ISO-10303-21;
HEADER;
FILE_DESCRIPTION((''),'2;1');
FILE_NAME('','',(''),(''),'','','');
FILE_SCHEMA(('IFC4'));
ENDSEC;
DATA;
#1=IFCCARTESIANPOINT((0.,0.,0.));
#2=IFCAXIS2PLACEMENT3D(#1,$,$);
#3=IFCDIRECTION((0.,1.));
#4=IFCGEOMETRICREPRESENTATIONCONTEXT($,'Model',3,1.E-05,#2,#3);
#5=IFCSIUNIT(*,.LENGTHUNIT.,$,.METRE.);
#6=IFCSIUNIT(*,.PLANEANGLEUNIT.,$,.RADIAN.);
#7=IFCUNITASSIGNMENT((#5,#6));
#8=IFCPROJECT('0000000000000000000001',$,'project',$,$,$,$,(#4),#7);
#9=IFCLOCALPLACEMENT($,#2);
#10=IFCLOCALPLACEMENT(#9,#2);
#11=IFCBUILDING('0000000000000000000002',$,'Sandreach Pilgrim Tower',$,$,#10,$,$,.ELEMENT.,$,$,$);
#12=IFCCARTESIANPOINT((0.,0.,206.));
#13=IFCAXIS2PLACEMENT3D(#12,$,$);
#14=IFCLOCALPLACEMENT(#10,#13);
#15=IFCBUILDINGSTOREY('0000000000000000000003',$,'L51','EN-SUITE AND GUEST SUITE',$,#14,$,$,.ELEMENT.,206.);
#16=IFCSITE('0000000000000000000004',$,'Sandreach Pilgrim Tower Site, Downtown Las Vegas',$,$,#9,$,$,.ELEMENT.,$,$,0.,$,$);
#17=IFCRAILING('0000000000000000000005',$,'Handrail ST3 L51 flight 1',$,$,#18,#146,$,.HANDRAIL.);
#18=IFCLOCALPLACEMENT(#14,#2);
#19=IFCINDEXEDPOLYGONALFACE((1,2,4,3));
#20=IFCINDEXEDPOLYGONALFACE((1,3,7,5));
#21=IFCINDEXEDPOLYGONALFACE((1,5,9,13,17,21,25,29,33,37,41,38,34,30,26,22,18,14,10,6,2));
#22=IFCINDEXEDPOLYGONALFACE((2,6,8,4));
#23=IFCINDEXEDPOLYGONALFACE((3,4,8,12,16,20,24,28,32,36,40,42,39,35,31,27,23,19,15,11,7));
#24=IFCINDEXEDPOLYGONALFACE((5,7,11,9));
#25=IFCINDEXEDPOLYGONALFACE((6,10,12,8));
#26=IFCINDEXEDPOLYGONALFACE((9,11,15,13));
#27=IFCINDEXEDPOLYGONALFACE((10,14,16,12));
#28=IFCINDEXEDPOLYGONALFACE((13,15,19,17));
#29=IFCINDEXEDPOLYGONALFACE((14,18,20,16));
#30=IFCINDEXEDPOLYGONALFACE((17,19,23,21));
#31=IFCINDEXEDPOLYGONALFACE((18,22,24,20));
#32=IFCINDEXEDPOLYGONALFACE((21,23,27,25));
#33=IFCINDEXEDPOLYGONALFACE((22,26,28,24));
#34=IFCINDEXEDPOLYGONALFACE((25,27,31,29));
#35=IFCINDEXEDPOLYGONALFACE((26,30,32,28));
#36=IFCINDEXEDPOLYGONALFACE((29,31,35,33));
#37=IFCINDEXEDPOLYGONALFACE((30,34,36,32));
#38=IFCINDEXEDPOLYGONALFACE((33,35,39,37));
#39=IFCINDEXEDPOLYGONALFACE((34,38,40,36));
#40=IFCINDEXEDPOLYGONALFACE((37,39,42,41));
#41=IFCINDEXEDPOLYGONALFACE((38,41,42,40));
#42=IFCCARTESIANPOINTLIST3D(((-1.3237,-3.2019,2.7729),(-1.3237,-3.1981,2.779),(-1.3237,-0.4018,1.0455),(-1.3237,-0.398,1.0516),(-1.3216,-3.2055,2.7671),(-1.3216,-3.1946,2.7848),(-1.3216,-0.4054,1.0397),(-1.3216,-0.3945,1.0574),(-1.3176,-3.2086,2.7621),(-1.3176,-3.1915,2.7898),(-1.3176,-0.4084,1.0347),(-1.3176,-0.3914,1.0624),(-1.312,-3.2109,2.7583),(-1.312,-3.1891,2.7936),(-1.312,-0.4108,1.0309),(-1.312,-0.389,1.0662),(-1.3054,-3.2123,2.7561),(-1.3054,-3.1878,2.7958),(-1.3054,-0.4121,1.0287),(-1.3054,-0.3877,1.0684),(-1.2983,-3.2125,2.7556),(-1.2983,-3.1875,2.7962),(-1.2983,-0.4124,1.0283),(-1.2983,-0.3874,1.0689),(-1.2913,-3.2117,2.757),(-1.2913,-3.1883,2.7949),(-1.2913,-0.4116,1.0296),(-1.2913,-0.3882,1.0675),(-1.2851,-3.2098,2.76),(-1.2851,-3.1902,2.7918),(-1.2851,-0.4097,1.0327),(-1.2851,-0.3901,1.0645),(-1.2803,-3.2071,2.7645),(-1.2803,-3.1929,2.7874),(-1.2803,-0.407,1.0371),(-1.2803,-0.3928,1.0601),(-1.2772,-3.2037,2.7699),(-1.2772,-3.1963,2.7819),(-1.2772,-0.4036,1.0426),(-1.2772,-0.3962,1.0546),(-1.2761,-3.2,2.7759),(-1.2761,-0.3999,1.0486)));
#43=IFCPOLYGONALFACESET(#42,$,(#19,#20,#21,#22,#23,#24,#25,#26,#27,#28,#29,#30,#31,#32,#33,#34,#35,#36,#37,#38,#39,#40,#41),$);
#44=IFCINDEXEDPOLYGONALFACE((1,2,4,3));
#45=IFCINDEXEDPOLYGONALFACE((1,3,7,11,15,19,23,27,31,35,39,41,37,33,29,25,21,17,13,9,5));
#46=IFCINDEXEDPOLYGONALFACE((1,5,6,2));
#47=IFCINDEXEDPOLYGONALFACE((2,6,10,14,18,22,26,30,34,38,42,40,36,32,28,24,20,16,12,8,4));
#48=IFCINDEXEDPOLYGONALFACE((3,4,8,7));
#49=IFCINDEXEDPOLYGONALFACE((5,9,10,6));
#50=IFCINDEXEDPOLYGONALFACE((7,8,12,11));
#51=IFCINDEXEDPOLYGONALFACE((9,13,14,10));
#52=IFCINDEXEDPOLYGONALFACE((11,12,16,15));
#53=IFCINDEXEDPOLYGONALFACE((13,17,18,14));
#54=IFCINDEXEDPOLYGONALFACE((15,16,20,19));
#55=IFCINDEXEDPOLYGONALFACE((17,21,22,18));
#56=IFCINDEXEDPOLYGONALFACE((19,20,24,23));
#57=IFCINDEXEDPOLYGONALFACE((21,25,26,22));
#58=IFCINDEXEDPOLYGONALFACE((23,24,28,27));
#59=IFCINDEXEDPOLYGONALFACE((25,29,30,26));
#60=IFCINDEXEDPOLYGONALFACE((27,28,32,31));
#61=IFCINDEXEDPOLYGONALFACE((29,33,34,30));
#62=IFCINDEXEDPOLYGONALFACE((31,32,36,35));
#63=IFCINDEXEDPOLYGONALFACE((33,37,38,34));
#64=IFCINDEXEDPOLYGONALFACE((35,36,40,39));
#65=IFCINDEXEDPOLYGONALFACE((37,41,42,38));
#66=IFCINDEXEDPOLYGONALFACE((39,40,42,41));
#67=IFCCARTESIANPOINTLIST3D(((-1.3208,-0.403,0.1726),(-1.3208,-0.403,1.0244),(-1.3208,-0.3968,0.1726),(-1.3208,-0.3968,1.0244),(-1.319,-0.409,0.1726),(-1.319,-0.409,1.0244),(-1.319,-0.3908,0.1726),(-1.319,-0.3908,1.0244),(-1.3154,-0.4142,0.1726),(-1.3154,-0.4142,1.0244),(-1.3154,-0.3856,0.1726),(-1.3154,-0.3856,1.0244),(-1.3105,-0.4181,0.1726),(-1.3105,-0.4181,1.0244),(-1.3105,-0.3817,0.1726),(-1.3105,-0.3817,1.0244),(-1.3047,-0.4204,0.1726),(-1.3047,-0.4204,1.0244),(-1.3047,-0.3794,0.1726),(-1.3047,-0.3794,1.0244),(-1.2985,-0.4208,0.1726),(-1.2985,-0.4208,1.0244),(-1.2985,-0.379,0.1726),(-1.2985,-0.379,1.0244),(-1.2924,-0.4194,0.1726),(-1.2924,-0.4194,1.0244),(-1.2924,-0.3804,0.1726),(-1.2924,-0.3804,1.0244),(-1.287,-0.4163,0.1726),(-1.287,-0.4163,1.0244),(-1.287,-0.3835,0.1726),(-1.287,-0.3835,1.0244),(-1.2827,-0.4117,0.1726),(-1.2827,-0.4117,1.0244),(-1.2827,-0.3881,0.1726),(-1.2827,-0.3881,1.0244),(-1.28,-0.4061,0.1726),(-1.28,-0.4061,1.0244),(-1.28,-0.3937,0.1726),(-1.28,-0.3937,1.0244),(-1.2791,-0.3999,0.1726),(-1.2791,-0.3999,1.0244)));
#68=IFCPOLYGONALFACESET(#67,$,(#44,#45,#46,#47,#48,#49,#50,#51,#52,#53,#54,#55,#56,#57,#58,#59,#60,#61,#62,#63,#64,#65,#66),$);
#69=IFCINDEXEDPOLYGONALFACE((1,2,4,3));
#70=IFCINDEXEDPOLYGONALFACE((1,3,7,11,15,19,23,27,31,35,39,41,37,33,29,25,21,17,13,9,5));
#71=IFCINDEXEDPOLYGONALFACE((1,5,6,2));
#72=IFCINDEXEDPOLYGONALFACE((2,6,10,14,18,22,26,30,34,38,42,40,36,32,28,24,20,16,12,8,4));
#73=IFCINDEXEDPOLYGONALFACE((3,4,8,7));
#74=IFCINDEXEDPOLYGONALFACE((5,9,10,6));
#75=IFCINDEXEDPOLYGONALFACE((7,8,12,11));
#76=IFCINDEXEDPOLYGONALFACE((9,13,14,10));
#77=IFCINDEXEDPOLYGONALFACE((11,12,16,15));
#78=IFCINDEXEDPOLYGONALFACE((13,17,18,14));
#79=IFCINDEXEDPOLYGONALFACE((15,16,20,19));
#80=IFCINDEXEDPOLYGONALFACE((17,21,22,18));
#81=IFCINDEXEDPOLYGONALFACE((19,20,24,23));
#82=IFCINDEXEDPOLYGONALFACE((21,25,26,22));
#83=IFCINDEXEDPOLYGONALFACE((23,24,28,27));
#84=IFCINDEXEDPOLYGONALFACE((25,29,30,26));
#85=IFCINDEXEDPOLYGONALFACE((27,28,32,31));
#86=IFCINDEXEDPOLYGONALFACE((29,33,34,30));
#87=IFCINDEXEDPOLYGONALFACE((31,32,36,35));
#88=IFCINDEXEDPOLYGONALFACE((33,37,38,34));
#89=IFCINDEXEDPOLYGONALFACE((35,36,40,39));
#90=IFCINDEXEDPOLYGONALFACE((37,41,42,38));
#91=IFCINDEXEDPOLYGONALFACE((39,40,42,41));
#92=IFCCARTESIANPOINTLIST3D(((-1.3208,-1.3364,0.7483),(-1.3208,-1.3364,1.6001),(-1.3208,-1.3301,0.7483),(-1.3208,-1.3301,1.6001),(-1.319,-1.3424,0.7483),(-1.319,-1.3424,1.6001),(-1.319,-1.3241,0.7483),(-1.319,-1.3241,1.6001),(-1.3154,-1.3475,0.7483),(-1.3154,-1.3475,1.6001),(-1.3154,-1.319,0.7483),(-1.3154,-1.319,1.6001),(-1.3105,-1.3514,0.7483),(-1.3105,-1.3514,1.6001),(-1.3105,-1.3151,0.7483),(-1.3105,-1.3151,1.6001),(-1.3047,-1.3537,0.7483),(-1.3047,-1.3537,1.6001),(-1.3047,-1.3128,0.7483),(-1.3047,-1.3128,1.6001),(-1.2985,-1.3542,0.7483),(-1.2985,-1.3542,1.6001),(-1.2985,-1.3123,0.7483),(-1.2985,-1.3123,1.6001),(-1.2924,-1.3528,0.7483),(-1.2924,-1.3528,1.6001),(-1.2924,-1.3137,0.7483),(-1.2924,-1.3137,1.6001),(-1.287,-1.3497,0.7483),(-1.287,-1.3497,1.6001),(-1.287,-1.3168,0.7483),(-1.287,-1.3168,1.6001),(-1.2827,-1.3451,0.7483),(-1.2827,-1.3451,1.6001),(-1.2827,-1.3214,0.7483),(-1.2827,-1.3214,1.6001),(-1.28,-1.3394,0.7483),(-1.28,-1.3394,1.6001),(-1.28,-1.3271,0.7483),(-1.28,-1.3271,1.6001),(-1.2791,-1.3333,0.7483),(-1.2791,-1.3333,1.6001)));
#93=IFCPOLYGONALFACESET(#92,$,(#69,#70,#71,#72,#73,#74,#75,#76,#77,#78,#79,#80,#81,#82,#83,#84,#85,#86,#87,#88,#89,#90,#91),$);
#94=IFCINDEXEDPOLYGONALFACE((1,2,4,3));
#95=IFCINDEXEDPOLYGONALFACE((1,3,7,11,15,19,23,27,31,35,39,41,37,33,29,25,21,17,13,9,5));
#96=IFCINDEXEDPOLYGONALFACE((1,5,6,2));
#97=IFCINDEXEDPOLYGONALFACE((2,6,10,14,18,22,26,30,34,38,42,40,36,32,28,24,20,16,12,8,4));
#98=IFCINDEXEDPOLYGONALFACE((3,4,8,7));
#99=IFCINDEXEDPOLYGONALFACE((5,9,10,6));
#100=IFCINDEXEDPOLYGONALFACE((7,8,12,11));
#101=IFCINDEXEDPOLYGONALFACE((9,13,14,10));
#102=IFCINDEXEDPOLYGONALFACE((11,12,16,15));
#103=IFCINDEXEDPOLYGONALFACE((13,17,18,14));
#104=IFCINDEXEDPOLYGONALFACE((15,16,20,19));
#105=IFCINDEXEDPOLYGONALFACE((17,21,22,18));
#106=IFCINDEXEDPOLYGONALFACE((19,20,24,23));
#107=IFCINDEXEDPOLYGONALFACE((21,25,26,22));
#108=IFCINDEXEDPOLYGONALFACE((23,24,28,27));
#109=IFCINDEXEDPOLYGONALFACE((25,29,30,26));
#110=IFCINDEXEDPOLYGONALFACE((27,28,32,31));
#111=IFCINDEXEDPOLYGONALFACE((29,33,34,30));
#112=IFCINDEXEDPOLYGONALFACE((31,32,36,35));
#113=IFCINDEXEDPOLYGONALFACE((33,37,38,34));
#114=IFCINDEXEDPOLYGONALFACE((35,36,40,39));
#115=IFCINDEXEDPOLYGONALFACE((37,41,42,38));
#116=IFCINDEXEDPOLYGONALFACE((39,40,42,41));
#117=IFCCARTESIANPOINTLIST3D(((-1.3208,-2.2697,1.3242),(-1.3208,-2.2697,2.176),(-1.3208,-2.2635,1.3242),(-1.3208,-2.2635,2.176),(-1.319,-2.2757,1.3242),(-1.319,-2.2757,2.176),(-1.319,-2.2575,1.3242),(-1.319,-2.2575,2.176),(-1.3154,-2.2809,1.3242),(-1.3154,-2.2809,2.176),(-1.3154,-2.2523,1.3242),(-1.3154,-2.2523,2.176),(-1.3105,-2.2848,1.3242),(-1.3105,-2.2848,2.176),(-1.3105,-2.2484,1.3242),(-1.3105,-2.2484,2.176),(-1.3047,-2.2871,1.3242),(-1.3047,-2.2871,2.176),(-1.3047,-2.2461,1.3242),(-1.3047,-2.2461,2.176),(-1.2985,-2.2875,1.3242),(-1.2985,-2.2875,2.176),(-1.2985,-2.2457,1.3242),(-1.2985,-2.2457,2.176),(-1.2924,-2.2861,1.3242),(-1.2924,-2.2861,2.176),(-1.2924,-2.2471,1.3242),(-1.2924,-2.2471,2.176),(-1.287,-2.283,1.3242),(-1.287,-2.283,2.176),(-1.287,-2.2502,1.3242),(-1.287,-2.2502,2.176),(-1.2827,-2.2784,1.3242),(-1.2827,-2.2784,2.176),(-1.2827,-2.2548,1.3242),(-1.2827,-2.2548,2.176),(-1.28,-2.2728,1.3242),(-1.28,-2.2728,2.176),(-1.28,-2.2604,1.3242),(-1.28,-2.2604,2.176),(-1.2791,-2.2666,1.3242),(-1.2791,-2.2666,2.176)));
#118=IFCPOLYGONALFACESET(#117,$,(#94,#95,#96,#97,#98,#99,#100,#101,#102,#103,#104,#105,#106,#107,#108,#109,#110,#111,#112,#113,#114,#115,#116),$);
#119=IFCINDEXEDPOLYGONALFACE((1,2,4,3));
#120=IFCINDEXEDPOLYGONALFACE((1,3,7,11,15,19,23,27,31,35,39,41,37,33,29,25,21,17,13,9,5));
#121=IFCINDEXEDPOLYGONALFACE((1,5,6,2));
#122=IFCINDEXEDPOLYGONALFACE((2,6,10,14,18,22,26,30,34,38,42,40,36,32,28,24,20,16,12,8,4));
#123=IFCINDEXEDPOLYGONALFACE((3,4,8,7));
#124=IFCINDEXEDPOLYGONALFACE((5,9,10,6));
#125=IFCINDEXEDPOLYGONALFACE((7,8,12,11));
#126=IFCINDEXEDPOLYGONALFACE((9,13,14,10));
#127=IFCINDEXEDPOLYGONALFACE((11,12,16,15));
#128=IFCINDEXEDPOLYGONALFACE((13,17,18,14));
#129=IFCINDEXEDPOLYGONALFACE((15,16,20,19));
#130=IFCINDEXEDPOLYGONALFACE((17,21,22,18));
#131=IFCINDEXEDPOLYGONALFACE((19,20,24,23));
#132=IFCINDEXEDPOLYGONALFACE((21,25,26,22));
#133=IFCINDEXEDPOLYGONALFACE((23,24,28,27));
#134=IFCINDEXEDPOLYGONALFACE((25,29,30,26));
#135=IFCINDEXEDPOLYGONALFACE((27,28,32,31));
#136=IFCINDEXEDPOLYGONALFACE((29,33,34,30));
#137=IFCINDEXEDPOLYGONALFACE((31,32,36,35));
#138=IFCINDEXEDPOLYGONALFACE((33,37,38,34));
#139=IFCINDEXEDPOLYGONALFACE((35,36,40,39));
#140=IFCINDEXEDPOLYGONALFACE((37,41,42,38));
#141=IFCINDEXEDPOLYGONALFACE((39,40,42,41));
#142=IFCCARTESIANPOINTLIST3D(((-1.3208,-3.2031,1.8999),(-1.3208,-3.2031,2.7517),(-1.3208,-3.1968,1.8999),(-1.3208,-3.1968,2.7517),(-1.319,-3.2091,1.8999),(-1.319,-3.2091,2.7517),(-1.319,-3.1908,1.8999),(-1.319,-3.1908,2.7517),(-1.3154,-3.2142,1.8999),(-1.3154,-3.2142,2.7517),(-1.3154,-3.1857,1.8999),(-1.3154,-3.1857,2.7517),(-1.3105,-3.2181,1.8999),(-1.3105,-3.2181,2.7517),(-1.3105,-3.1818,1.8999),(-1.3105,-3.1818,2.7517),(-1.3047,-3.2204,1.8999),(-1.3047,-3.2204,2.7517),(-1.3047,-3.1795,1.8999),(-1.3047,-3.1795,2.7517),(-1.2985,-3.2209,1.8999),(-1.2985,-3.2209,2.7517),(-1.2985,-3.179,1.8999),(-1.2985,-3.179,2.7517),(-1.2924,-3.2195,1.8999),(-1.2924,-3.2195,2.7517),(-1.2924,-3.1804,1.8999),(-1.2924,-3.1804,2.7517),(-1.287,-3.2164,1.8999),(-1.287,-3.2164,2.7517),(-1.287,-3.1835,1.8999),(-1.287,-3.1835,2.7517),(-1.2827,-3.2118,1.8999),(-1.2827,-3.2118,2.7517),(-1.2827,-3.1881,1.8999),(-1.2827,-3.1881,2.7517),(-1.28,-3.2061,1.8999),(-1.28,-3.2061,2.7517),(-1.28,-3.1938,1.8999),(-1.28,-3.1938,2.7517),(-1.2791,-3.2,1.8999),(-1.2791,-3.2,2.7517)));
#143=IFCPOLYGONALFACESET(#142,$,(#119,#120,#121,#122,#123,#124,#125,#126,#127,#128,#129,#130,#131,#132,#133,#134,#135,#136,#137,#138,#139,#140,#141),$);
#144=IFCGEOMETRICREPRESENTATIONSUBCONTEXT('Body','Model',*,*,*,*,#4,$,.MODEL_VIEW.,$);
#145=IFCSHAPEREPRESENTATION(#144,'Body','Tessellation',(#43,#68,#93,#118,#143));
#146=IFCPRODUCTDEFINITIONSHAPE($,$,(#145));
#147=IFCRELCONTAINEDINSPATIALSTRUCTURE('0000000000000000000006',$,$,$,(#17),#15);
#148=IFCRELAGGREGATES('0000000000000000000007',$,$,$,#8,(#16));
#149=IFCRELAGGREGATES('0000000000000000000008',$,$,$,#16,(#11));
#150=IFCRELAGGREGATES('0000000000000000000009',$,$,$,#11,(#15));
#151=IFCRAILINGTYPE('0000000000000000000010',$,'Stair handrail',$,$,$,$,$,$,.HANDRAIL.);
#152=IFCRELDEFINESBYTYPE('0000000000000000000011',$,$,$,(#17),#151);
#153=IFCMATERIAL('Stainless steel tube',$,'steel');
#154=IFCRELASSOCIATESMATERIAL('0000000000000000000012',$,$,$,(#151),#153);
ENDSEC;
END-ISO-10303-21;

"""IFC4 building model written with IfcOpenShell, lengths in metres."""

from ifc_helpers import new_model, si_unit, direction, frame, origin, origin_2d, place, context, subcontext, project, spatial, circle, extrude, material, type_object, element, save


model = new_model("IFC4")

# Units and contexts
model_context = context("Model", 3, precision=1e-05, world=origin(), true_north=direction((0.0, 1.0)))
body_context = subcontext(model_context, "Body", "Model", "MODEL_VIEW")
ifc_project = project(units=[si_unit("LENGTHUNIT", "METRE"), si_unit("PLANEANGLEUNIT", "RADIAN")], contexts=[model_context])

# Site, building, storey
site_placement = place(None, origin())
site = spatial("IfcSite", under=ifc_project, at=site_placement, Name="Sandreach Pilgrim Tower Site, Downtown Las Vegas", CompositionType="ELEMENT", RefElevation=0.0)
building_placement = place(site_placement, origin())
building = spatial("IfcBuilding", under=site, at=building_placement, Name="Sandreach Pilgrim Tower", CompositionType="ELEMENT")
storey_placement = place(building_placement, frame((0.0, 0.0, 206.0)))
storey = spatial("IfcBuildingStorey", under=building, at=storey_placement, Name="L51", Description="EN-SUITE AND GUEST SUITE", CompositionType="ELEMENT", Elevation=206.0)

# Railing
ifc_material_1 = material(Name="Stainless steel tube", Category="steel")
railing_type = type_object("IfcRailingType", Name="Stair handrail", PredefinedType="HANDRAIL", material=ifc_material_1)
for number, where, name in (
    (1, (-1.3, -0.3999, 0.1726), "Handrail ST3 L51 flight 1"),
):
    element("IfcRailing", number, at=place(storey_placement, frame(where)), inside=storey, type_object=railing_type, Name=name, PredefinedType="HANDRAIL", context=body_context, shape_type="SweptSolid", body=[
        extrude(circle(Radius=0.0239, at=origin_2d()), frame((0.0, 0.0, 0.876), z_axis=(0.0, -0.85109, 0.52502), x_axis=(1.0, 0.0, 0.0)), (0.0, 0.0, 1.0), 3.29),
        extrude(circle(Radius=0.021, at=origin_2d()), origin(), (0.0, 0.0, 1.0), 0.8518),
        extrude(circle(Radius=0.021, at=origin_2d()), frame((0.0, -0.9333, 0.5757)), (0.0, 0.0, 1.0), 0.8518),
        extrude(circle(Radius=0.021, at=origin_2d()), frame((0.0, -1.8667, 1.1516)), (0.0, 0.0, 1.0), 0.8518),
        extrude(circle(Radius=0.021, at=origin_2d()), frame((0.0, -2.8, 1.7273)), (0.0, 0.0, 1.0), 0.8518),
    ])

save(model, "model.ifc")
